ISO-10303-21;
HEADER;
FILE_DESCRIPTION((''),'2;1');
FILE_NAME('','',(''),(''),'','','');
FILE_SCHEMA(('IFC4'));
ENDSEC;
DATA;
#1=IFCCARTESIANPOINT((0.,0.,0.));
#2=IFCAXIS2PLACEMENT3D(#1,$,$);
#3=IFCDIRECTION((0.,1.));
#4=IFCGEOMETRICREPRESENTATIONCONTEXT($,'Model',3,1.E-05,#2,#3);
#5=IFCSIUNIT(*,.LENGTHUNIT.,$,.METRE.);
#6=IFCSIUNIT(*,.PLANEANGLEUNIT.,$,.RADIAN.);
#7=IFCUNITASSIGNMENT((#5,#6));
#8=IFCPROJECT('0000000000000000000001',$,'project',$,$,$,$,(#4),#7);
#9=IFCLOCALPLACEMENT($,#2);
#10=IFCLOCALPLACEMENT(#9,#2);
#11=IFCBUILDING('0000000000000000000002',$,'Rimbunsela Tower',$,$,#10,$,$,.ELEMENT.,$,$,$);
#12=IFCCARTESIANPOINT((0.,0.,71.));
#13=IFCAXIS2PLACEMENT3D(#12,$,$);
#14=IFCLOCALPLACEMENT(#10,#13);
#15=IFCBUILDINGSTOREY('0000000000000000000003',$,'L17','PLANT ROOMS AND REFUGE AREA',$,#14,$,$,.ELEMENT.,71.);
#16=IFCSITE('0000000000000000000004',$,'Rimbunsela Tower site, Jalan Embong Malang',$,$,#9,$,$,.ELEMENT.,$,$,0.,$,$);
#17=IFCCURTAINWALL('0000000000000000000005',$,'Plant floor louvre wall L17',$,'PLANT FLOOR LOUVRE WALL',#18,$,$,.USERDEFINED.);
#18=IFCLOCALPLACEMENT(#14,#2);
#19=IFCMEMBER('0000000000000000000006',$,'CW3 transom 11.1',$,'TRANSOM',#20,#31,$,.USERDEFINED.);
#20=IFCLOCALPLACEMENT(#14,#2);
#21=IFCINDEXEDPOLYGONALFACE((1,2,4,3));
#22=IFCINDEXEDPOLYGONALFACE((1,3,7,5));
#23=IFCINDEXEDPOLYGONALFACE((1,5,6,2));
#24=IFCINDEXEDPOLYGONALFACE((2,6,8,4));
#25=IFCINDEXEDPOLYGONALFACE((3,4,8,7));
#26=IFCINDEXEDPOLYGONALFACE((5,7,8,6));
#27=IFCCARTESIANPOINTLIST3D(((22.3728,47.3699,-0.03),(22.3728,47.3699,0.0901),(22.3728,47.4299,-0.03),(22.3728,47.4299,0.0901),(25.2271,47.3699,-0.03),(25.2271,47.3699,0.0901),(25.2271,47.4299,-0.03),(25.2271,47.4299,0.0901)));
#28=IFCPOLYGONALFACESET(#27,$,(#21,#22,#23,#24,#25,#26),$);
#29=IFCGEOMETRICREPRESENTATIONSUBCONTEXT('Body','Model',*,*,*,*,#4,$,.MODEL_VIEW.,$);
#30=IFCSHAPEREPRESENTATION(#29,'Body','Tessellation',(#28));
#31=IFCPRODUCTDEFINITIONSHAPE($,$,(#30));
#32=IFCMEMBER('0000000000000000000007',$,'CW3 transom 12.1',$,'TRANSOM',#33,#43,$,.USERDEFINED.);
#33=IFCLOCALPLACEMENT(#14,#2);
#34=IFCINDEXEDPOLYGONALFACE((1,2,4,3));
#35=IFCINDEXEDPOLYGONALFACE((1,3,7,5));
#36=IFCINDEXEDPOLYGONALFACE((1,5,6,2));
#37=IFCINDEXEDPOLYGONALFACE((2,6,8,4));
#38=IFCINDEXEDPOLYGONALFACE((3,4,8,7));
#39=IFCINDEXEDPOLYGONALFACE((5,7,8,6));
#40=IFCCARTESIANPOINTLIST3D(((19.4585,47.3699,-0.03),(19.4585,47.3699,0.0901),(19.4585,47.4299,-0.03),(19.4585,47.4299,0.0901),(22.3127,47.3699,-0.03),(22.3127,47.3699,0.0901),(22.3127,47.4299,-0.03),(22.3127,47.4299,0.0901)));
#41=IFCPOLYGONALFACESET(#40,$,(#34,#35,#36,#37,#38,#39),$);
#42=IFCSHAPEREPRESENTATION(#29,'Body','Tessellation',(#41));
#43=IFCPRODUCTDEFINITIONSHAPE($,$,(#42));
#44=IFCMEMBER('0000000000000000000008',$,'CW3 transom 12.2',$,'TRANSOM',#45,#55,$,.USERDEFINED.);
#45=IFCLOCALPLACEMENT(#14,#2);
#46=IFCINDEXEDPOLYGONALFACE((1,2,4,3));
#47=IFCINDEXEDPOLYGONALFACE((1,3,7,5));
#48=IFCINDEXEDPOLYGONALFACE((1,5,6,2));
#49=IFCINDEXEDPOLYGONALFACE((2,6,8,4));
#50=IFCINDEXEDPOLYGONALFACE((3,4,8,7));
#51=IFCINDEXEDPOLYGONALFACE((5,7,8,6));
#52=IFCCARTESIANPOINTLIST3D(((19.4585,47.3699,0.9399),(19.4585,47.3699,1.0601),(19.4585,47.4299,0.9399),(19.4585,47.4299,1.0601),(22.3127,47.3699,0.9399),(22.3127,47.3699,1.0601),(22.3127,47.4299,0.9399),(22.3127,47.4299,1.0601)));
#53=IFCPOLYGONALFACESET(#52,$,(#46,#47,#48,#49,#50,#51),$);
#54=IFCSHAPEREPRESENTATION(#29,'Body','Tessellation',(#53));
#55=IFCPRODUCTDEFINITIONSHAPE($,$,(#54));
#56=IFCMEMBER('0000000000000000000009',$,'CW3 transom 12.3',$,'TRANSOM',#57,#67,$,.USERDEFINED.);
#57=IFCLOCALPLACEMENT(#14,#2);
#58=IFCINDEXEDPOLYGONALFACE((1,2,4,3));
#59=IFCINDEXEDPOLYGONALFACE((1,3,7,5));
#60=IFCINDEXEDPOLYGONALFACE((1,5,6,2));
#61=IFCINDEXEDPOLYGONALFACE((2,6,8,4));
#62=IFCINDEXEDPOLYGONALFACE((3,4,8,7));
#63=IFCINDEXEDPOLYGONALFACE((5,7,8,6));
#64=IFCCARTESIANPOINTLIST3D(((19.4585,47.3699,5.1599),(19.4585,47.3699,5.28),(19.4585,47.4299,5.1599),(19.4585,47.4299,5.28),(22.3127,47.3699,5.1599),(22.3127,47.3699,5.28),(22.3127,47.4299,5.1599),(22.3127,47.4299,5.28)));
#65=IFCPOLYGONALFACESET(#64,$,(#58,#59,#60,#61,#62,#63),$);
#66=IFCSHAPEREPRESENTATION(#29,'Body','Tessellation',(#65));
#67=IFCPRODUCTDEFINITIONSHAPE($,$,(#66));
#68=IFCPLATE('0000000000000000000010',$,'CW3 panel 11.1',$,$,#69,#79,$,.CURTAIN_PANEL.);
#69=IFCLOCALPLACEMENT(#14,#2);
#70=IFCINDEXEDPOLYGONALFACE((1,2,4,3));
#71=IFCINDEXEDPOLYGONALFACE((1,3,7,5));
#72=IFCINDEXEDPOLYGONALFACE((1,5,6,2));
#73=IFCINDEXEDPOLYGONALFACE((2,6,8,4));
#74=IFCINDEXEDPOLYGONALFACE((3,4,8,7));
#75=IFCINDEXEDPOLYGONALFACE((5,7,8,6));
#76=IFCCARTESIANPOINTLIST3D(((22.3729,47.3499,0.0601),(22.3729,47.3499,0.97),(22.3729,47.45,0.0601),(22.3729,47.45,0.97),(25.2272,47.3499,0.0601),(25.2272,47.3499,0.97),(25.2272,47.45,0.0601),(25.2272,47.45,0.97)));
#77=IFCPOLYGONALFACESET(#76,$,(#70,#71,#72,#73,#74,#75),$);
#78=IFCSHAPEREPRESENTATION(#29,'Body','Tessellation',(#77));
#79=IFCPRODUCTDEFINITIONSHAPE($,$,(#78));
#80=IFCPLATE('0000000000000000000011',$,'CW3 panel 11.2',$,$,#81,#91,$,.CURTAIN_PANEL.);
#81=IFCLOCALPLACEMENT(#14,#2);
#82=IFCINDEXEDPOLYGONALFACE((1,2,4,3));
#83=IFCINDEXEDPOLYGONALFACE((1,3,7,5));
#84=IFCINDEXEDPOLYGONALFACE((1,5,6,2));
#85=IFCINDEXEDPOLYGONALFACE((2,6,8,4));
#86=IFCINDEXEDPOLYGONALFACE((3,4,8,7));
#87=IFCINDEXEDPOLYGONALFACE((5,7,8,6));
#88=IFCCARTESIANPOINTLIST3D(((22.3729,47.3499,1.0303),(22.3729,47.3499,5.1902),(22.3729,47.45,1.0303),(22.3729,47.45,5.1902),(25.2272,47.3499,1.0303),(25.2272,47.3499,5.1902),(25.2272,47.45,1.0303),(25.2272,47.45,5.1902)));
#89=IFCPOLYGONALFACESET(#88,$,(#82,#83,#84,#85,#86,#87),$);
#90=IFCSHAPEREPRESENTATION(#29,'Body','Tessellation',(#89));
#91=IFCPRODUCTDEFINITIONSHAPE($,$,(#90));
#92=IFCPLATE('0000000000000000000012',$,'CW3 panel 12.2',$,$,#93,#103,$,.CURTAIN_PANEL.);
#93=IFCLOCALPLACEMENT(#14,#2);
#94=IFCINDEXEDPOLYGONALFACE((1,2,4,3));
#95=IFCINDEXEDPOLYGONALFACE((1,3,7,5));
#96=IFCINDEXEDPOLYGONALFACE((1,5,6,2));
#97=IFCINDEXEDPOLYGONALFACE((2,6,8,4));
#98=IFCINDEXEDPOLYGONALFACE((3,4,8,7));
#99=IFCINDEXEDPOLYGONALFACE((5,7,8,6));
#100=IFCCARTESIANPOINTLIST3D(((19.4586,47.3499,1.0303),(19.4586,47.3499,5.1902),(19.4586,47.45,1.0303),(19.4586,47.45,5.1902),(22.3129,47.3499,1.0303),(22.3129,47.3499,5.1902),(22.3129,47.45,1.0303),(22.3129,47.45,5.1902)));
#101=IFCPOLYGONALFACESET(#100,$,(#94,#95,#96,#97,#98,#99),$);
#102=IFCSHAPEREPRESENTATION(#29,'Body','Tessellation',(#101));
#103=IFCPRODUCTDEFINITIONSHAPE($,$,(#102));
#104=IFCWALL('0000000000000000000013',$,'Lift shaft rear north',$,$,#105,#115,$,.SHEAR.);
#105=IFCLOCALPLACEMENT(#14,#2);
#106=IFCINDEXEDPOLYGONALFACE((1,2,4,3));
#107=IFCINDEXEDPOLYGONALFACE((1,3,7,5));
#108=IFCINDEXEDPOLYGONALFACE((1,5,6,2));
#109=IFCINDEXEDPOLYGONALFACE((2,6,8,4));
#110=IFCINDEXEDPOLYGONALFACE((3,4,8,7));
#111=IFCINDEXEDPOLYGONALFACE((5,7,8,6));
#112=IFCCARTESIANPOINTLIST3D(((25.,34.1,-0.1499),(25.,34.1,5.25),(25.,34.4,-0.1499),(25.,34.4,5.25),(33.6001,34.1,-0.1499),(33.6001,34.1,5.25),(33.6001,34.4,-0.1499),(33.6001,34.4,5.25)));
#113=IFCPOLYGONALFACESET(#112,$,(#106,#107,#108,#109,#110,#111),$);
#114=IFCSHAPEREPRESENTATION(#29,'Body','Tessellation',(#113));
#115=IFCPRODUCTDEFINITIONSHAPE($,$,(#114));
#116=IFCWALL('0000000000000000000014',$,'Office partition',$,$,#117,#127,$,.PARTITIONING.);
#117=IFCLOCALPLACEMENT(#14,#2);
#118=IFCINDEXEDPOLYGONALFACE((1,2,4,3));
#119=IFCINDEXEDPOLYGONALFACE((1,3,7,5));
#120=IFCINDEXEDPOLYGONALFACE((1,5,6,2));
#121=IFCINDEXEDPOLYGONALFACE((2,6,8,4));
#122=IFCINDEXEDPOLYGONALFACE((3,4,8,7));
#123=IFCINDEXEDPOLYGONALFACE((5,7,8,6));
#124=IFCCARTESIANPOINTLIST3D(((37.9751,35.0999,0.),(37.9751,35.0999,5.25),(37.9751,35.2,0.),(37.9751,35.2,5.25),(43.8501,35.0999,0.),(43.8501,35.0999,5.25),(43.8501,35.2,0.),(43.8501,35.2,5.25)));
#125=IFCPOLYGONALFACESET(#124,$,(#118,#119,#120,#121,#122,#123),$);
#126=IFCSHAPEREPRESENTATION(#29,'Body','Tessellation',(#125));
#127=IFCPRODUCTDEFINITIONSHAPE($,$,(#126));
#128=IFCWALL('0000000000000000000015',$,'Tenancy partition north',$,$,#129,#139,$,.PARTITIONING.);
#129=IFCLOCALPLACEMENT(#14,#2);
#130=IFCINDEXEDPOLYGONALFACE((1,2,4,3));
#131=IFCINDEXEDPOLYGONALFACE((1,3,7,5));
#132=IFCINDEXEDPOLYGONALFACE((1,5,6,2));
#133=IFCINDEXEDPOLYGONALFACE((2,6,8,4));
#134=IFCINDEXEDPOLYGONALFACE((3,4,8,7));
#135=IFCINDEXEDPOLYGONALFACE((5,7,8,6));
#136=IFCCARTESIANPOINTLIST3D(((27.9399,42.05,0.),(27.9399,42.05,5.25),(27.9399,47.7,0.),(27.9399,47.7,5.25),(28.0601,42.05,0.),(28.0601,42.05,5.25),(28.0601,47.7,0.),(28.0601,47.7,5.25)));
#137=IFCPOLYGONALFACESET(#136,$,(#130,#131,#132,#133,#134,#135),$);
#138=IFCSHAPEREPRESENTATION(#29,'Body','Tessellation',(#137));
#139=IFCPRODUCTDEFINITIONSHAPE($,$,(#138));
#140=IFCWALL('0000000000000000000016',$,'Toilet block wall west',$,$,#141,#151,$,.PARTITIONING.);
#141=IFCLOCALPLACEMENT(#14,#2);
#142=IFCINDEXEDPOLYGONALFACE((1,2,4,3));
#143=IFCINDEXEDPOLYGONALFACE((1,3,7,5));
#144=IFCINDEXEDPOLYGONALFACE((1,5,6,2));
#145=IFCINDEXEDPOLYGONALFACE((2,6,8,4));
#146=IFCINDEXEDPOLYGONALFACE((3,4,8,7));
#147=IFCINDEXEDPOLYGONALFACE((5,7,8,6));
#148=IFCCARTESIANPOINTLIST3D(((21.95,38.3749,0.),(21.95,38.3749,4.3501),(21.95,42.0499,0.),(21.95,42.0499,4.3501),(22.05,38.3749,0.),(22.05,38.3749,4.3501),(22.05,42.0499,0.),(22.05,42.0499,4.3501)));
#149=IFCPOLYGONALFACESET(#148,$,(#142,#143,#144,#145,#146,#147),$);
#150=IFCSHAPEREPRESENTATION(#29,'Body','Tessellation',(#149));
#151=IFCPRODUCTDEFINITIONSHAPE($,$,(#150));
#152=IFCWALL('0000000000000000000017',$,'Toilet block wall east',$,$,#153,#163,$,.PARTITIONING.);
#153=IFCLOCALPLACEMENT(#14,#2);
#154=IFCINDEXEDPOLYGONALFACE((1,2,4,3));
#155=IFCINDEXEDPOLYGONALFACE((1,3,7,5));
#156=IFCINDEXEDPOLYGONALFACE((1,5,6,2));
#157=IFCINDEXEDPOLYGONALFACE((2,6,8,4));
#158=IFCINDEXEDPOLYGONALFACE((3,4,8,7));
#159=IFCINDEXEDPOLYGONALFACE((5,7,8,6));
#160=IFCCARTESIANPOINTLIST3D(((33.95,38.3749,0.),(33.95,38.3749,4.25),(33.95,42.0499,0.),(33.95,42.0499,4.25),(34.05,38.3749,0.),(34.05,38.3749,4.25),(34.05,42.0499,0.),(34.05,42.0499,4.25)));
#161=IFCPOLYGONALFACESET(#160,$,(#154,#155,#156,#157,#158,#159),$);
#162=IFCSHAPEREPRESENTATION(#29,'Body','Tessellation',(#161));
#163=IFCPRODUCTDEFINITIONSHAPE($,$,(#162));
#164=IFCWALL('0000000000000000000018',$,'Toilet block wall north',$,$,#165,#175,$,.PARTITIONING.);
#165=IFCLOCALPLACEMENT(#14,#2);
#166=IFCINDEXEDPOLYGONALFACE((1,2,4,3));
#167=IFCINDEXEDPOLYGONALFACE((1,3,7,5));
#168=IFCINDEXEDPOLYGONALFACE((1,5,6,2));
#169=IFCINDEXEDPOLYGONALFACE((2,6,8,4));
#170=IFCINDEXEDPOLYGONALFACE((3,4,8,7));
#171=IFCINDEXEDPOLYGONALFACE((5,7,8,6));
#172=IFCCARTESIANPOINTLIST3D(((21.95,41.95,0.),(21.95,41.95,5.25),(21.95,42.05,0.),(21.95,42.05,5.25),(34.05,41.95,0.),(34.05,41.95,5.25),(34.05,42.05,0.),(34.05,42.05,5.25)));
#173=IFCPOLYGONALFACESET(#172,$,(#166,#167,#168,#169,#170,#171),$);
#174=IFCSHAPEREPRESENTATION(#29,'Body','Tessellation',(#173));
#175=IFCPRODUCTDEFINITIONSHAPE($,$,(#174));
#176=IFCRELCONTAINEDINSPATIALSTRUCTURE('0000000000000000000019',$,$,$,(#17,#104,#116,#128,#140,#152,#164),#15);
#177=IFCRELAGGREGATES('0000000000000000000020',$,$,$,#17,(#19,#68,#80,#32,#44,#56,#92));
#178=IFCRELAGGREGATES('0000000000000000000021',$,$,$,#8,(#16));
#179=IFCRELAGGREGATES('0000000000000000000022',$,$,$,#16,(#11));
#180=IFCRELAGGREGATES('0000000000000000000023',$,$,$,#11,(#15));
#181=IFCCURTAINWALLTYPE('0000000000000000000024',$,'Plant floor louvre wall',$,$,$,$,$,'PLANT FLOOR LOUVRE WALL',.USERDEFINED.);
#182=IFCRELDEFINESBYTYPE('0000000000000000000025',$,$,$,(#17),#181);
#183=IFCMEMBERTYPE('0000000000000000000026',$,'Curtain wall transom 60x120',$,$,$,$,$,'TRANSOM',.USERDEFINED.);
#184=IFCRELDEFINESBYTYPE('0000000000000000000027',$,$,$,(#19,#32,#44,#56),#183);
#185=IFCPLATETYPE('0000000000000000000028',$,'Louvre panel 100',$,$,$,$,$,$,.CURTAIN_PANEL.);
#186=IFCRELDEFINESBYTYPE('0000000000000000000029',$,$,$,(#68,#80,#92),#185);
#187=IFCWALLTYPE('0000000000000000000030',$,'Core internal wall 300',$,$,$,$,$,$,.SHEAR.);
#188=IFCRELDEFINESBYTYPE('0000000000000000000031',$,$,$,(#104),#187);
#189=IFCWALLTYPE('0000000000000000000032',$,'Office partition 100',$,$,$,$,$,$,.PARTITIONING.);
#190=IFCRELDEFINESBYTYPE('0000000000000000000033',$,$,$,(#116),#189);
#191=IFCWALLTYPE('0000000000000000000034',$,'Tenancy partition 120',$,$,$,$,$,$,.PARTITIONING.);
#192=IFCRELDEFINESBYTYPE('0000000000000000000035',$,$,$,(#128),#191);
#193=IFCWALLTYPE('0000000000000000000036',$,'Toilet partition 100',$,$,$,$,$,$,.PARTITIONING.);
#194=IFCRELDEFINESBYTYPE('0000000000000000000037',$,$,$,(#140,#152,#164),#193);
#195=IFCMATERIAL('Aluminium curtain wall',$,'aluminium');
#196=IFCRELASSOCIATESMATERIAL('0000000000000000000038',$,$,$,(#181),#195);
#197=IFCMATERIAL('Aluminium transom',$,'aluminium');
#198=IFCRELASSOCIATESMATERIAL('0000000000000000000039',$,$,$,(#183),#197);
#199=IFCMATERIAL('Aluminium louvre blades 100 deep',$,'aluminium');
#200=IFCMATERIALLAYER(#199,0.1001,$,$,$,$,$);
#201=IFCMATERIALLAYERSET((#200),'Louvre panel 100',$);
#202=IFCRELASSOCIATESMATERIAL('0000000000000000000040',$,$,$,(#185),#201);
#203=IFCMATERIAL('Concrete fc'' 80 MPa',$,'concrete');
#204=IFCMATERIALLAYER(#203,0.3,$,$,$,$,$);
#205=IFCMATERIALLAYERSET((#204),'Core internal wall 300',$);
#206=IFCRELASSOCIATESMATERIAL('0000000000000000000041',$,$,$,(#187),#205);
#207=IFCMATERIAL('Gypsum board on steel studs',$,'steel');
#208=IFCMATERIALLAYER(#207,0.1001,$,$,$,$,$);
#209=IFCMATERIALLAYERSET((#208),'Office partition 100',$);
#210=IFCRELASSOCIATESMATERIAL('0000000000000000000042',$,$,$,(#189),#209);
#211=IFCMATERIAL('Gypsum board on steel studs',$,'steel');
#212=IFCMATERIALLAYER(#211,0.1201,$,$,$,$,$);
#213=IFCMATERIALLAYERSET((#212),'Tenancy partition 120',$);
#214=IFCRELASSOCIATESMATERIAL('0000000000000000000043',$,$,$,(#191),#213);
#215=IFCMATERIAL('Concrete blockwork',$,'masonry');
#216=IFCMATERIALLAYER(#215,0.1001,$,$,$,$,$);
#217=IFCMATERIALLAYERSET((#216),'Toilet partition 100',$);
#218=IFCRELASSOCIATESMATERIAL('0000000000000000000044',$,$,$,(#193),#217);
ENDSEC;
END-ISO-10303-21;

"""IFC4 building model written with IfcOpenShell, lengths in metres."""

from ifc_helpers import new_model, si_unit, direction, frame, frame_2d, origin, origin_2d, place, context, subcontext, project, spatial, rectangle, extrude, material, layer, layer_set, material_profile, profile_set, type_object, element, aggregate, save


model = new_model("IFC4")

# Units and contexts
model_context = context("Model", 3, precision=1e-05, world=origin(), true_north=direction((0.0, 1.0)))
body_context = subcontext(model_context, "Body", "Model", "MODEL_VIEW")
ifc_project = project(units=[si_unit("LENGTHUNIT", "METRE"), si_unit("PLANEANGLEUNIT", "RADIAN")], contexts=[model_context])

# Site, building, storey
site_placement = place(None, origin())
site = spatial("IfcSite", under=ifc_project, at=site_placement, Name="Rimbunsela Tower site, Jalan Embong Malang", CompositionType="ELEMENT", RefElevation=0.0)
building_placement = place(site_placement, origin())
building = spatial("IfcBuilding", under=site, at=building_placement, Name="Rimbunsela Tower", CompositionType="ELEMENT")
storey_placement = place(building_placement, frame((0.0, 0.0, 71.0)))
storey = spatial("IfcBuildingStorey", under=building, at=storey_placement, Name="L17", Description="PLANT ROOMS AND REFUGE AREA", CompositionType="ELEMENT", Elevation=71.0)

# Curtain wall, members, plates
ifc_material_1 = material(Name="Aluminium curtain wall", Category="aluminium")
curtain_wall_type = type_object("IfcCurtainWallType", Name="Plant floor louvre wall", ElementType="PLANT FLOOR LOUVRE WALL", PredefinedType="USERDEFINED", material=ifc_material_1)
curtain_wall_placement = place(storey_placement, origin())
curtain_wall = element("IfcCurtainWall", 1, at=curtain_wall_placement, inside=storey, type_object=curtain_wall_type, Name="Plant floor louvre wall L17", ObjectType="PLANT FLOOR LOUVRE WALL", PredefinedType="USERDEFINED")
ifc_material_2 = material(Name="Aluminium transom", Category="aluminium")
ifc_material_profile_1 = material_profile(ifc_material_2, rectangle(XDim=0.0601, YDim=0.1201, at=origin_2d()), Name="Transom 60x120")
ifc_profile_set_1 = profile_set([ifc_material_profile_1], Name="Aluminium transom")
member_type_1 = type_object("IfcMemberType", Name="Curtain wall transom 60x120", ElementType="TRANSOM", PredefinedType="USERDEFINED", material=ifc_profile_set_1)
member_1_placement = place(storey_placement, frame((25.2271, 47.3999, 0.03), z_axis=(-1.0, 0.0, 0.0), x_axis=(0.0, -1.0, 0.0)))
member_1 = element("IfcMember", 2, at=member_1_placement, type_object=member_type_1, Name="CW3 transom 11.1", ObjectType="TRANSOM", PredefinedType="USERDEFINED", context=body_context, shape_type="SweptSolid", body=[
    extrude(rectangle(XDim=0.0601, YDim=0.1201, at=origin_2d()), origin(), (0.0, 0.0, 1.0), 2.8542),
])
member_2_placement = place(storey_placement, frame((22.3127, 47.3999, 0.03), z_axis=(-1.0, 0.0, 0.0), x_axis=(0.0, -1.0, 0.0)))
member_2 = element("IfcMember", 3, at=member_2_placement, type_object=member_type_1, Name="CW3 transom 12.1", ObjectType="TRANSOM", PredefinedType="USERDEFINED", context=body_context, shape_type="SweptSolid", body=[
    extrude(rectangle(XDim=0.0601, YDim=0.1201, at=origin_2d()), origin(), (0.0, 0.0, 1.0), 2.8542),
])
member_3_placement = place(storey_placement, frame((22.3127, 47.3999, 1.0), z_axis=(-1.0, 0.0, 0.0), x_axis=(0.0, -1.0, 0.0)))
member_3 = element("IfcMember", 4, at=member_3_placement, type_object=member_type_1, Name="CW3 transom 12.2", ObjectType="TRANSOM", PredefinedType="USERDEFINED", context=body_context, shape_type="SweptSolid", body=[
    extrude(rectangle(XDim=0.0601, YDim=0.1201, at=origin_2d()), origin(), (0.0, 0.0, 1.0), 2.8542),
])
member_4_placement = place(storey_placement, frame((22.3127, 47.3999, 5.22), z_axis=(-1.0, 0.0, 0.0), x_axis=(0.0, -1.0, 0.0)))
member_4 = element("IfcMember", 5, at=member_4_placement, type_object=member_type_1, Name="CW3 transom 12.3", ObjectType="TRANSOM", PredefinedType="USERDEFINED", context=body_context, shape_type="SweptSolid", body=[
    extrude(rectangle(XDim=0.0601, YDim=0.1201, at=origin_2d()), origin(), (0.0, 0.0, 1.0), 2.8542),
])
ifc_material_3 = material(Name="Aluminium louvre blades 100 deep", Category="aluminium")
ifc_layer_1 = layer(ifc_material_3, 0.1001)
ifc_layer_set_1 = layer_set([ifc_layer_1], Name="Louvre panel 100")
plate_type = type_object("IfcPlateType", Name="Louvre panel 100", PredefinedType="CURTAIN_PANEL", material=ifc_layer_set_1)
plate_1_placement = place(storey_placement, frame((23.8, 47.3999, 0.0601), z_axis=(0.0, 0.0, 1.0), x_axis=(-1.0, 0.0, 0.0)))
plate_1 = element("IfcPlate", 6, at=plate_1_placement, type_object=plate_type, Name="CW3 panel 11.1", PredefinedType="CURTAIN_PANEL", context=body_context, shape_type="SweptSolid", body=[
    extrude(rectangle(XDim=2.8542, YDim=0.1001, at=origin_2d()), origin(), (0.0, 0.0, 1.0), 0.9099),
])
plate_2_placement = place(storey_placement, frame((23.8, 47.3999, 1.0303), z_axis=(0.0, 0.0, 1.0), x_axis=(-1.0, 0.0, 0.0)))
plate_2 = element("IfcPlate", 7, at=plate_2_placement, type_object=plate_type, Name="CW3 panel 11.2", PredefinedType="CURTAIN_PANEL", context=body_context, shape_type="SweptSolid", body=[
    extrude(rectangle(XDim=2.8542, YDim=0.1001, at=origin_2d()), origin(), (0.0, 0.0, 1.0), 4.1599),
])
plate_3_placement = place(storey_placement, frame((20.8857, 47.3999, 1.0303), z_axis=(0.0, 0.0, 1.0), x_axis=(-1.0, 0.0, 0.0)))
plate_3 = element("IfcPlate", 8, at=plate_3_placement, type_object=plate_type, Name="CW3 panel 12.2", PredefinedType="CURTAIN_PANEL", context=body_context, shape_type="SweptSolid", body=[
    extrude(rectangle(XDim=2.8542, YDim=0.1001, at=origin_2d()), origin(), (0.0, 0.0, 1.0), 4.1599),
])
aggregate(curtain_wall, [member_1, plate_1, plate_2, member_2, member_3, member_4, plate_3])

# Walls
ifc_material_4 = material(Name="Concrete fc' 80 MPa", Category="concrete")
ifc_layer_2 = layer(ifc_material_4, 0.3)
ifc_layer_set_2 = layer_set([ifc_layer_2], Name="Core internal wall 300")
wall_type_1 = type_object("IfcWallType", Name="Core internal wall 300", PredefinedType="SHEAR", material=ifc_layer_set_2)
wall_1_placement = place(storey_placement, frame((25.0, 34.25, -0.1499), z_axis=(0.0, 0.0, 1.0), x_axis=(1.0, 0.0, 0.0)))
element("IfcWall", 9, at=wall_1_placement, inside=storey, type_object=wall_type_1, Name="Lift shaft rear north", PredefinedType="SHEAR", context=body_context, shape_type="SweptSolid", body=[
    extrude(rectangle(XDim=8.6001, YDim=0.3, at=frame_2d((4.3, 0.0))), origin(), (0.0, 0.0, 1.0), 5.3999),
])
ifc_material_5 = material(Name="Gypsum board on steel studs", Category="steel")
ifc_layer_3 = layer(ifc_material_5, 0.1001)
ifc_layer_set_3 = layer_set([ifc_layer_3], Name="Office partition 100")
wall_type_2 = type_object("IfcWallType", Name="Office partition 100", PredefinedType="PARTITIONING", material=ifc_layer_set_3)
wall_2_placement = place(storey_placement, frame((37.9751, 35.1499, 0.0), z_axis=(0.0, 0.0, 1.0), x_axis=(1.0, 0.0, 0.0)))
element("IfcWall", 10, at=wall_2_placement, inside=storey, type_object=wall_type_2, Name="Office partition", PredefinedType="PARTITIONING", context=body_context, shape_type="SweptSolid", body=[
    extrude(rectangle(XDim=5.875, YDim=0.1001, at=frame_2d((2.9375, 0.0))), origin(), (0.0, 0.0, 1.0), 5.25),
])
ifc_material_6 = material(Name="Gypsum board on steel studs", Category="steel")
ifc_layer_4 = layer(ifc_material_6, 0.1201)
ifc_layer_set_4 = layer_set([ifc_layer_4], Name="Tenancy partition 120")
wall_type_3 = type_object("IfcWallType", Name="Tenancy partition 120", PredefinedType="PARTITIONING", material=ifc_layer_set_4)
wall_3_placement = place(storey_placement, frame((28.0, 42.05, 0.0), z_axis=(0.0, 0.0, 1.0), x_axis=(0.0, 1.0, 0.0)))
element("IfcWall", 11, at=wall_3_placement, inside=storey, type_object=wall_type_3, Name="Tenancy partition north", PredefinedType="PARTITIONING", context=body_context, shape_type="SweptSolid", body=[
    extrude(rectangle(XDim=5.6499, YDim=0.1201, at=frame_2d((2.825, 0.0))), origin(), (0.0, 0.0, 1.0), 5.25),
])
ifc_material_7 = material(Name="Concrete blockwork", Category="masonry")
ifc_layer_5 = layer(ifc_material_7, 0.1001)
ifc_layer_set_5 = layer_set([ifc_layer_5], Name="Toilet partition 100")
wall_type_4 = type_object("IfcWallType", Name="Toilet partition 100", PredefinedType="PARTITIONING", material=ifc_layer_set_5)
wall_4_placement = place(storey_placement, frame((22.0, 38.375, 0.0), z_axis=(0.0, 0.0, 1.0), x_axis=(0.0, 1.0, 0.0)))
element("IfcWall", 12, at=wall_4_placement, inside=storey, type_object=wall_type_4, Name="Toilet block wall west", PredefinedType="PARTITIONING", context=body_context, shape_type="SweptSolid", body=[
    extrude(rectangle(XDim=3.675, YDim=0.1001, at=frame_2d((1.8374, 0.0))), origin(), (0.0, 0.0, 1.0), 4.3501),
])
wall_5_placement = place(storey_placement, frame((34.0, 38.375, 0.0), z_axis=(0.0, 0.0, 1.0), x_axis=(0.0, 1.0, 0.0)))
element("IfcWall", 13, at=wall_5_placement, inside=storey, type_object=wall_type_4, Name="Toilet block wall east", PredefinedType="PARTITIONING", context=body_context, shape_type="SweptSolid", body=[
    extrude(rectangle(XDim=3.675, YDim=0.1001, at=frame_2d((1.8374, 0.0))), origin(), (0.0, 0.0, 1.0), 4.25),
])
wall_6_placement = place(storey_placement, frame((21.95, 42.0, 0.0), z_axis=(0.0, 0.0, 1.0), x_axis=(1.0, 0.0, 0.0)))
element("IfcWall", 14, at=wall_6_placement, inside=storey, type_object=wall_type_4, Name="Toilet block wall north", PredefinedType="PARTITIONING", context=body_context, shape_type="SweptSolid", body=[
    extrude(rectangle(XDim=12.1001, YDim=0.1001, at=frame_2d((6.05, 0.0))), origin(), (0.0, 0.0, 1.0), 5.25),
])

save(model, "model.ifc")
